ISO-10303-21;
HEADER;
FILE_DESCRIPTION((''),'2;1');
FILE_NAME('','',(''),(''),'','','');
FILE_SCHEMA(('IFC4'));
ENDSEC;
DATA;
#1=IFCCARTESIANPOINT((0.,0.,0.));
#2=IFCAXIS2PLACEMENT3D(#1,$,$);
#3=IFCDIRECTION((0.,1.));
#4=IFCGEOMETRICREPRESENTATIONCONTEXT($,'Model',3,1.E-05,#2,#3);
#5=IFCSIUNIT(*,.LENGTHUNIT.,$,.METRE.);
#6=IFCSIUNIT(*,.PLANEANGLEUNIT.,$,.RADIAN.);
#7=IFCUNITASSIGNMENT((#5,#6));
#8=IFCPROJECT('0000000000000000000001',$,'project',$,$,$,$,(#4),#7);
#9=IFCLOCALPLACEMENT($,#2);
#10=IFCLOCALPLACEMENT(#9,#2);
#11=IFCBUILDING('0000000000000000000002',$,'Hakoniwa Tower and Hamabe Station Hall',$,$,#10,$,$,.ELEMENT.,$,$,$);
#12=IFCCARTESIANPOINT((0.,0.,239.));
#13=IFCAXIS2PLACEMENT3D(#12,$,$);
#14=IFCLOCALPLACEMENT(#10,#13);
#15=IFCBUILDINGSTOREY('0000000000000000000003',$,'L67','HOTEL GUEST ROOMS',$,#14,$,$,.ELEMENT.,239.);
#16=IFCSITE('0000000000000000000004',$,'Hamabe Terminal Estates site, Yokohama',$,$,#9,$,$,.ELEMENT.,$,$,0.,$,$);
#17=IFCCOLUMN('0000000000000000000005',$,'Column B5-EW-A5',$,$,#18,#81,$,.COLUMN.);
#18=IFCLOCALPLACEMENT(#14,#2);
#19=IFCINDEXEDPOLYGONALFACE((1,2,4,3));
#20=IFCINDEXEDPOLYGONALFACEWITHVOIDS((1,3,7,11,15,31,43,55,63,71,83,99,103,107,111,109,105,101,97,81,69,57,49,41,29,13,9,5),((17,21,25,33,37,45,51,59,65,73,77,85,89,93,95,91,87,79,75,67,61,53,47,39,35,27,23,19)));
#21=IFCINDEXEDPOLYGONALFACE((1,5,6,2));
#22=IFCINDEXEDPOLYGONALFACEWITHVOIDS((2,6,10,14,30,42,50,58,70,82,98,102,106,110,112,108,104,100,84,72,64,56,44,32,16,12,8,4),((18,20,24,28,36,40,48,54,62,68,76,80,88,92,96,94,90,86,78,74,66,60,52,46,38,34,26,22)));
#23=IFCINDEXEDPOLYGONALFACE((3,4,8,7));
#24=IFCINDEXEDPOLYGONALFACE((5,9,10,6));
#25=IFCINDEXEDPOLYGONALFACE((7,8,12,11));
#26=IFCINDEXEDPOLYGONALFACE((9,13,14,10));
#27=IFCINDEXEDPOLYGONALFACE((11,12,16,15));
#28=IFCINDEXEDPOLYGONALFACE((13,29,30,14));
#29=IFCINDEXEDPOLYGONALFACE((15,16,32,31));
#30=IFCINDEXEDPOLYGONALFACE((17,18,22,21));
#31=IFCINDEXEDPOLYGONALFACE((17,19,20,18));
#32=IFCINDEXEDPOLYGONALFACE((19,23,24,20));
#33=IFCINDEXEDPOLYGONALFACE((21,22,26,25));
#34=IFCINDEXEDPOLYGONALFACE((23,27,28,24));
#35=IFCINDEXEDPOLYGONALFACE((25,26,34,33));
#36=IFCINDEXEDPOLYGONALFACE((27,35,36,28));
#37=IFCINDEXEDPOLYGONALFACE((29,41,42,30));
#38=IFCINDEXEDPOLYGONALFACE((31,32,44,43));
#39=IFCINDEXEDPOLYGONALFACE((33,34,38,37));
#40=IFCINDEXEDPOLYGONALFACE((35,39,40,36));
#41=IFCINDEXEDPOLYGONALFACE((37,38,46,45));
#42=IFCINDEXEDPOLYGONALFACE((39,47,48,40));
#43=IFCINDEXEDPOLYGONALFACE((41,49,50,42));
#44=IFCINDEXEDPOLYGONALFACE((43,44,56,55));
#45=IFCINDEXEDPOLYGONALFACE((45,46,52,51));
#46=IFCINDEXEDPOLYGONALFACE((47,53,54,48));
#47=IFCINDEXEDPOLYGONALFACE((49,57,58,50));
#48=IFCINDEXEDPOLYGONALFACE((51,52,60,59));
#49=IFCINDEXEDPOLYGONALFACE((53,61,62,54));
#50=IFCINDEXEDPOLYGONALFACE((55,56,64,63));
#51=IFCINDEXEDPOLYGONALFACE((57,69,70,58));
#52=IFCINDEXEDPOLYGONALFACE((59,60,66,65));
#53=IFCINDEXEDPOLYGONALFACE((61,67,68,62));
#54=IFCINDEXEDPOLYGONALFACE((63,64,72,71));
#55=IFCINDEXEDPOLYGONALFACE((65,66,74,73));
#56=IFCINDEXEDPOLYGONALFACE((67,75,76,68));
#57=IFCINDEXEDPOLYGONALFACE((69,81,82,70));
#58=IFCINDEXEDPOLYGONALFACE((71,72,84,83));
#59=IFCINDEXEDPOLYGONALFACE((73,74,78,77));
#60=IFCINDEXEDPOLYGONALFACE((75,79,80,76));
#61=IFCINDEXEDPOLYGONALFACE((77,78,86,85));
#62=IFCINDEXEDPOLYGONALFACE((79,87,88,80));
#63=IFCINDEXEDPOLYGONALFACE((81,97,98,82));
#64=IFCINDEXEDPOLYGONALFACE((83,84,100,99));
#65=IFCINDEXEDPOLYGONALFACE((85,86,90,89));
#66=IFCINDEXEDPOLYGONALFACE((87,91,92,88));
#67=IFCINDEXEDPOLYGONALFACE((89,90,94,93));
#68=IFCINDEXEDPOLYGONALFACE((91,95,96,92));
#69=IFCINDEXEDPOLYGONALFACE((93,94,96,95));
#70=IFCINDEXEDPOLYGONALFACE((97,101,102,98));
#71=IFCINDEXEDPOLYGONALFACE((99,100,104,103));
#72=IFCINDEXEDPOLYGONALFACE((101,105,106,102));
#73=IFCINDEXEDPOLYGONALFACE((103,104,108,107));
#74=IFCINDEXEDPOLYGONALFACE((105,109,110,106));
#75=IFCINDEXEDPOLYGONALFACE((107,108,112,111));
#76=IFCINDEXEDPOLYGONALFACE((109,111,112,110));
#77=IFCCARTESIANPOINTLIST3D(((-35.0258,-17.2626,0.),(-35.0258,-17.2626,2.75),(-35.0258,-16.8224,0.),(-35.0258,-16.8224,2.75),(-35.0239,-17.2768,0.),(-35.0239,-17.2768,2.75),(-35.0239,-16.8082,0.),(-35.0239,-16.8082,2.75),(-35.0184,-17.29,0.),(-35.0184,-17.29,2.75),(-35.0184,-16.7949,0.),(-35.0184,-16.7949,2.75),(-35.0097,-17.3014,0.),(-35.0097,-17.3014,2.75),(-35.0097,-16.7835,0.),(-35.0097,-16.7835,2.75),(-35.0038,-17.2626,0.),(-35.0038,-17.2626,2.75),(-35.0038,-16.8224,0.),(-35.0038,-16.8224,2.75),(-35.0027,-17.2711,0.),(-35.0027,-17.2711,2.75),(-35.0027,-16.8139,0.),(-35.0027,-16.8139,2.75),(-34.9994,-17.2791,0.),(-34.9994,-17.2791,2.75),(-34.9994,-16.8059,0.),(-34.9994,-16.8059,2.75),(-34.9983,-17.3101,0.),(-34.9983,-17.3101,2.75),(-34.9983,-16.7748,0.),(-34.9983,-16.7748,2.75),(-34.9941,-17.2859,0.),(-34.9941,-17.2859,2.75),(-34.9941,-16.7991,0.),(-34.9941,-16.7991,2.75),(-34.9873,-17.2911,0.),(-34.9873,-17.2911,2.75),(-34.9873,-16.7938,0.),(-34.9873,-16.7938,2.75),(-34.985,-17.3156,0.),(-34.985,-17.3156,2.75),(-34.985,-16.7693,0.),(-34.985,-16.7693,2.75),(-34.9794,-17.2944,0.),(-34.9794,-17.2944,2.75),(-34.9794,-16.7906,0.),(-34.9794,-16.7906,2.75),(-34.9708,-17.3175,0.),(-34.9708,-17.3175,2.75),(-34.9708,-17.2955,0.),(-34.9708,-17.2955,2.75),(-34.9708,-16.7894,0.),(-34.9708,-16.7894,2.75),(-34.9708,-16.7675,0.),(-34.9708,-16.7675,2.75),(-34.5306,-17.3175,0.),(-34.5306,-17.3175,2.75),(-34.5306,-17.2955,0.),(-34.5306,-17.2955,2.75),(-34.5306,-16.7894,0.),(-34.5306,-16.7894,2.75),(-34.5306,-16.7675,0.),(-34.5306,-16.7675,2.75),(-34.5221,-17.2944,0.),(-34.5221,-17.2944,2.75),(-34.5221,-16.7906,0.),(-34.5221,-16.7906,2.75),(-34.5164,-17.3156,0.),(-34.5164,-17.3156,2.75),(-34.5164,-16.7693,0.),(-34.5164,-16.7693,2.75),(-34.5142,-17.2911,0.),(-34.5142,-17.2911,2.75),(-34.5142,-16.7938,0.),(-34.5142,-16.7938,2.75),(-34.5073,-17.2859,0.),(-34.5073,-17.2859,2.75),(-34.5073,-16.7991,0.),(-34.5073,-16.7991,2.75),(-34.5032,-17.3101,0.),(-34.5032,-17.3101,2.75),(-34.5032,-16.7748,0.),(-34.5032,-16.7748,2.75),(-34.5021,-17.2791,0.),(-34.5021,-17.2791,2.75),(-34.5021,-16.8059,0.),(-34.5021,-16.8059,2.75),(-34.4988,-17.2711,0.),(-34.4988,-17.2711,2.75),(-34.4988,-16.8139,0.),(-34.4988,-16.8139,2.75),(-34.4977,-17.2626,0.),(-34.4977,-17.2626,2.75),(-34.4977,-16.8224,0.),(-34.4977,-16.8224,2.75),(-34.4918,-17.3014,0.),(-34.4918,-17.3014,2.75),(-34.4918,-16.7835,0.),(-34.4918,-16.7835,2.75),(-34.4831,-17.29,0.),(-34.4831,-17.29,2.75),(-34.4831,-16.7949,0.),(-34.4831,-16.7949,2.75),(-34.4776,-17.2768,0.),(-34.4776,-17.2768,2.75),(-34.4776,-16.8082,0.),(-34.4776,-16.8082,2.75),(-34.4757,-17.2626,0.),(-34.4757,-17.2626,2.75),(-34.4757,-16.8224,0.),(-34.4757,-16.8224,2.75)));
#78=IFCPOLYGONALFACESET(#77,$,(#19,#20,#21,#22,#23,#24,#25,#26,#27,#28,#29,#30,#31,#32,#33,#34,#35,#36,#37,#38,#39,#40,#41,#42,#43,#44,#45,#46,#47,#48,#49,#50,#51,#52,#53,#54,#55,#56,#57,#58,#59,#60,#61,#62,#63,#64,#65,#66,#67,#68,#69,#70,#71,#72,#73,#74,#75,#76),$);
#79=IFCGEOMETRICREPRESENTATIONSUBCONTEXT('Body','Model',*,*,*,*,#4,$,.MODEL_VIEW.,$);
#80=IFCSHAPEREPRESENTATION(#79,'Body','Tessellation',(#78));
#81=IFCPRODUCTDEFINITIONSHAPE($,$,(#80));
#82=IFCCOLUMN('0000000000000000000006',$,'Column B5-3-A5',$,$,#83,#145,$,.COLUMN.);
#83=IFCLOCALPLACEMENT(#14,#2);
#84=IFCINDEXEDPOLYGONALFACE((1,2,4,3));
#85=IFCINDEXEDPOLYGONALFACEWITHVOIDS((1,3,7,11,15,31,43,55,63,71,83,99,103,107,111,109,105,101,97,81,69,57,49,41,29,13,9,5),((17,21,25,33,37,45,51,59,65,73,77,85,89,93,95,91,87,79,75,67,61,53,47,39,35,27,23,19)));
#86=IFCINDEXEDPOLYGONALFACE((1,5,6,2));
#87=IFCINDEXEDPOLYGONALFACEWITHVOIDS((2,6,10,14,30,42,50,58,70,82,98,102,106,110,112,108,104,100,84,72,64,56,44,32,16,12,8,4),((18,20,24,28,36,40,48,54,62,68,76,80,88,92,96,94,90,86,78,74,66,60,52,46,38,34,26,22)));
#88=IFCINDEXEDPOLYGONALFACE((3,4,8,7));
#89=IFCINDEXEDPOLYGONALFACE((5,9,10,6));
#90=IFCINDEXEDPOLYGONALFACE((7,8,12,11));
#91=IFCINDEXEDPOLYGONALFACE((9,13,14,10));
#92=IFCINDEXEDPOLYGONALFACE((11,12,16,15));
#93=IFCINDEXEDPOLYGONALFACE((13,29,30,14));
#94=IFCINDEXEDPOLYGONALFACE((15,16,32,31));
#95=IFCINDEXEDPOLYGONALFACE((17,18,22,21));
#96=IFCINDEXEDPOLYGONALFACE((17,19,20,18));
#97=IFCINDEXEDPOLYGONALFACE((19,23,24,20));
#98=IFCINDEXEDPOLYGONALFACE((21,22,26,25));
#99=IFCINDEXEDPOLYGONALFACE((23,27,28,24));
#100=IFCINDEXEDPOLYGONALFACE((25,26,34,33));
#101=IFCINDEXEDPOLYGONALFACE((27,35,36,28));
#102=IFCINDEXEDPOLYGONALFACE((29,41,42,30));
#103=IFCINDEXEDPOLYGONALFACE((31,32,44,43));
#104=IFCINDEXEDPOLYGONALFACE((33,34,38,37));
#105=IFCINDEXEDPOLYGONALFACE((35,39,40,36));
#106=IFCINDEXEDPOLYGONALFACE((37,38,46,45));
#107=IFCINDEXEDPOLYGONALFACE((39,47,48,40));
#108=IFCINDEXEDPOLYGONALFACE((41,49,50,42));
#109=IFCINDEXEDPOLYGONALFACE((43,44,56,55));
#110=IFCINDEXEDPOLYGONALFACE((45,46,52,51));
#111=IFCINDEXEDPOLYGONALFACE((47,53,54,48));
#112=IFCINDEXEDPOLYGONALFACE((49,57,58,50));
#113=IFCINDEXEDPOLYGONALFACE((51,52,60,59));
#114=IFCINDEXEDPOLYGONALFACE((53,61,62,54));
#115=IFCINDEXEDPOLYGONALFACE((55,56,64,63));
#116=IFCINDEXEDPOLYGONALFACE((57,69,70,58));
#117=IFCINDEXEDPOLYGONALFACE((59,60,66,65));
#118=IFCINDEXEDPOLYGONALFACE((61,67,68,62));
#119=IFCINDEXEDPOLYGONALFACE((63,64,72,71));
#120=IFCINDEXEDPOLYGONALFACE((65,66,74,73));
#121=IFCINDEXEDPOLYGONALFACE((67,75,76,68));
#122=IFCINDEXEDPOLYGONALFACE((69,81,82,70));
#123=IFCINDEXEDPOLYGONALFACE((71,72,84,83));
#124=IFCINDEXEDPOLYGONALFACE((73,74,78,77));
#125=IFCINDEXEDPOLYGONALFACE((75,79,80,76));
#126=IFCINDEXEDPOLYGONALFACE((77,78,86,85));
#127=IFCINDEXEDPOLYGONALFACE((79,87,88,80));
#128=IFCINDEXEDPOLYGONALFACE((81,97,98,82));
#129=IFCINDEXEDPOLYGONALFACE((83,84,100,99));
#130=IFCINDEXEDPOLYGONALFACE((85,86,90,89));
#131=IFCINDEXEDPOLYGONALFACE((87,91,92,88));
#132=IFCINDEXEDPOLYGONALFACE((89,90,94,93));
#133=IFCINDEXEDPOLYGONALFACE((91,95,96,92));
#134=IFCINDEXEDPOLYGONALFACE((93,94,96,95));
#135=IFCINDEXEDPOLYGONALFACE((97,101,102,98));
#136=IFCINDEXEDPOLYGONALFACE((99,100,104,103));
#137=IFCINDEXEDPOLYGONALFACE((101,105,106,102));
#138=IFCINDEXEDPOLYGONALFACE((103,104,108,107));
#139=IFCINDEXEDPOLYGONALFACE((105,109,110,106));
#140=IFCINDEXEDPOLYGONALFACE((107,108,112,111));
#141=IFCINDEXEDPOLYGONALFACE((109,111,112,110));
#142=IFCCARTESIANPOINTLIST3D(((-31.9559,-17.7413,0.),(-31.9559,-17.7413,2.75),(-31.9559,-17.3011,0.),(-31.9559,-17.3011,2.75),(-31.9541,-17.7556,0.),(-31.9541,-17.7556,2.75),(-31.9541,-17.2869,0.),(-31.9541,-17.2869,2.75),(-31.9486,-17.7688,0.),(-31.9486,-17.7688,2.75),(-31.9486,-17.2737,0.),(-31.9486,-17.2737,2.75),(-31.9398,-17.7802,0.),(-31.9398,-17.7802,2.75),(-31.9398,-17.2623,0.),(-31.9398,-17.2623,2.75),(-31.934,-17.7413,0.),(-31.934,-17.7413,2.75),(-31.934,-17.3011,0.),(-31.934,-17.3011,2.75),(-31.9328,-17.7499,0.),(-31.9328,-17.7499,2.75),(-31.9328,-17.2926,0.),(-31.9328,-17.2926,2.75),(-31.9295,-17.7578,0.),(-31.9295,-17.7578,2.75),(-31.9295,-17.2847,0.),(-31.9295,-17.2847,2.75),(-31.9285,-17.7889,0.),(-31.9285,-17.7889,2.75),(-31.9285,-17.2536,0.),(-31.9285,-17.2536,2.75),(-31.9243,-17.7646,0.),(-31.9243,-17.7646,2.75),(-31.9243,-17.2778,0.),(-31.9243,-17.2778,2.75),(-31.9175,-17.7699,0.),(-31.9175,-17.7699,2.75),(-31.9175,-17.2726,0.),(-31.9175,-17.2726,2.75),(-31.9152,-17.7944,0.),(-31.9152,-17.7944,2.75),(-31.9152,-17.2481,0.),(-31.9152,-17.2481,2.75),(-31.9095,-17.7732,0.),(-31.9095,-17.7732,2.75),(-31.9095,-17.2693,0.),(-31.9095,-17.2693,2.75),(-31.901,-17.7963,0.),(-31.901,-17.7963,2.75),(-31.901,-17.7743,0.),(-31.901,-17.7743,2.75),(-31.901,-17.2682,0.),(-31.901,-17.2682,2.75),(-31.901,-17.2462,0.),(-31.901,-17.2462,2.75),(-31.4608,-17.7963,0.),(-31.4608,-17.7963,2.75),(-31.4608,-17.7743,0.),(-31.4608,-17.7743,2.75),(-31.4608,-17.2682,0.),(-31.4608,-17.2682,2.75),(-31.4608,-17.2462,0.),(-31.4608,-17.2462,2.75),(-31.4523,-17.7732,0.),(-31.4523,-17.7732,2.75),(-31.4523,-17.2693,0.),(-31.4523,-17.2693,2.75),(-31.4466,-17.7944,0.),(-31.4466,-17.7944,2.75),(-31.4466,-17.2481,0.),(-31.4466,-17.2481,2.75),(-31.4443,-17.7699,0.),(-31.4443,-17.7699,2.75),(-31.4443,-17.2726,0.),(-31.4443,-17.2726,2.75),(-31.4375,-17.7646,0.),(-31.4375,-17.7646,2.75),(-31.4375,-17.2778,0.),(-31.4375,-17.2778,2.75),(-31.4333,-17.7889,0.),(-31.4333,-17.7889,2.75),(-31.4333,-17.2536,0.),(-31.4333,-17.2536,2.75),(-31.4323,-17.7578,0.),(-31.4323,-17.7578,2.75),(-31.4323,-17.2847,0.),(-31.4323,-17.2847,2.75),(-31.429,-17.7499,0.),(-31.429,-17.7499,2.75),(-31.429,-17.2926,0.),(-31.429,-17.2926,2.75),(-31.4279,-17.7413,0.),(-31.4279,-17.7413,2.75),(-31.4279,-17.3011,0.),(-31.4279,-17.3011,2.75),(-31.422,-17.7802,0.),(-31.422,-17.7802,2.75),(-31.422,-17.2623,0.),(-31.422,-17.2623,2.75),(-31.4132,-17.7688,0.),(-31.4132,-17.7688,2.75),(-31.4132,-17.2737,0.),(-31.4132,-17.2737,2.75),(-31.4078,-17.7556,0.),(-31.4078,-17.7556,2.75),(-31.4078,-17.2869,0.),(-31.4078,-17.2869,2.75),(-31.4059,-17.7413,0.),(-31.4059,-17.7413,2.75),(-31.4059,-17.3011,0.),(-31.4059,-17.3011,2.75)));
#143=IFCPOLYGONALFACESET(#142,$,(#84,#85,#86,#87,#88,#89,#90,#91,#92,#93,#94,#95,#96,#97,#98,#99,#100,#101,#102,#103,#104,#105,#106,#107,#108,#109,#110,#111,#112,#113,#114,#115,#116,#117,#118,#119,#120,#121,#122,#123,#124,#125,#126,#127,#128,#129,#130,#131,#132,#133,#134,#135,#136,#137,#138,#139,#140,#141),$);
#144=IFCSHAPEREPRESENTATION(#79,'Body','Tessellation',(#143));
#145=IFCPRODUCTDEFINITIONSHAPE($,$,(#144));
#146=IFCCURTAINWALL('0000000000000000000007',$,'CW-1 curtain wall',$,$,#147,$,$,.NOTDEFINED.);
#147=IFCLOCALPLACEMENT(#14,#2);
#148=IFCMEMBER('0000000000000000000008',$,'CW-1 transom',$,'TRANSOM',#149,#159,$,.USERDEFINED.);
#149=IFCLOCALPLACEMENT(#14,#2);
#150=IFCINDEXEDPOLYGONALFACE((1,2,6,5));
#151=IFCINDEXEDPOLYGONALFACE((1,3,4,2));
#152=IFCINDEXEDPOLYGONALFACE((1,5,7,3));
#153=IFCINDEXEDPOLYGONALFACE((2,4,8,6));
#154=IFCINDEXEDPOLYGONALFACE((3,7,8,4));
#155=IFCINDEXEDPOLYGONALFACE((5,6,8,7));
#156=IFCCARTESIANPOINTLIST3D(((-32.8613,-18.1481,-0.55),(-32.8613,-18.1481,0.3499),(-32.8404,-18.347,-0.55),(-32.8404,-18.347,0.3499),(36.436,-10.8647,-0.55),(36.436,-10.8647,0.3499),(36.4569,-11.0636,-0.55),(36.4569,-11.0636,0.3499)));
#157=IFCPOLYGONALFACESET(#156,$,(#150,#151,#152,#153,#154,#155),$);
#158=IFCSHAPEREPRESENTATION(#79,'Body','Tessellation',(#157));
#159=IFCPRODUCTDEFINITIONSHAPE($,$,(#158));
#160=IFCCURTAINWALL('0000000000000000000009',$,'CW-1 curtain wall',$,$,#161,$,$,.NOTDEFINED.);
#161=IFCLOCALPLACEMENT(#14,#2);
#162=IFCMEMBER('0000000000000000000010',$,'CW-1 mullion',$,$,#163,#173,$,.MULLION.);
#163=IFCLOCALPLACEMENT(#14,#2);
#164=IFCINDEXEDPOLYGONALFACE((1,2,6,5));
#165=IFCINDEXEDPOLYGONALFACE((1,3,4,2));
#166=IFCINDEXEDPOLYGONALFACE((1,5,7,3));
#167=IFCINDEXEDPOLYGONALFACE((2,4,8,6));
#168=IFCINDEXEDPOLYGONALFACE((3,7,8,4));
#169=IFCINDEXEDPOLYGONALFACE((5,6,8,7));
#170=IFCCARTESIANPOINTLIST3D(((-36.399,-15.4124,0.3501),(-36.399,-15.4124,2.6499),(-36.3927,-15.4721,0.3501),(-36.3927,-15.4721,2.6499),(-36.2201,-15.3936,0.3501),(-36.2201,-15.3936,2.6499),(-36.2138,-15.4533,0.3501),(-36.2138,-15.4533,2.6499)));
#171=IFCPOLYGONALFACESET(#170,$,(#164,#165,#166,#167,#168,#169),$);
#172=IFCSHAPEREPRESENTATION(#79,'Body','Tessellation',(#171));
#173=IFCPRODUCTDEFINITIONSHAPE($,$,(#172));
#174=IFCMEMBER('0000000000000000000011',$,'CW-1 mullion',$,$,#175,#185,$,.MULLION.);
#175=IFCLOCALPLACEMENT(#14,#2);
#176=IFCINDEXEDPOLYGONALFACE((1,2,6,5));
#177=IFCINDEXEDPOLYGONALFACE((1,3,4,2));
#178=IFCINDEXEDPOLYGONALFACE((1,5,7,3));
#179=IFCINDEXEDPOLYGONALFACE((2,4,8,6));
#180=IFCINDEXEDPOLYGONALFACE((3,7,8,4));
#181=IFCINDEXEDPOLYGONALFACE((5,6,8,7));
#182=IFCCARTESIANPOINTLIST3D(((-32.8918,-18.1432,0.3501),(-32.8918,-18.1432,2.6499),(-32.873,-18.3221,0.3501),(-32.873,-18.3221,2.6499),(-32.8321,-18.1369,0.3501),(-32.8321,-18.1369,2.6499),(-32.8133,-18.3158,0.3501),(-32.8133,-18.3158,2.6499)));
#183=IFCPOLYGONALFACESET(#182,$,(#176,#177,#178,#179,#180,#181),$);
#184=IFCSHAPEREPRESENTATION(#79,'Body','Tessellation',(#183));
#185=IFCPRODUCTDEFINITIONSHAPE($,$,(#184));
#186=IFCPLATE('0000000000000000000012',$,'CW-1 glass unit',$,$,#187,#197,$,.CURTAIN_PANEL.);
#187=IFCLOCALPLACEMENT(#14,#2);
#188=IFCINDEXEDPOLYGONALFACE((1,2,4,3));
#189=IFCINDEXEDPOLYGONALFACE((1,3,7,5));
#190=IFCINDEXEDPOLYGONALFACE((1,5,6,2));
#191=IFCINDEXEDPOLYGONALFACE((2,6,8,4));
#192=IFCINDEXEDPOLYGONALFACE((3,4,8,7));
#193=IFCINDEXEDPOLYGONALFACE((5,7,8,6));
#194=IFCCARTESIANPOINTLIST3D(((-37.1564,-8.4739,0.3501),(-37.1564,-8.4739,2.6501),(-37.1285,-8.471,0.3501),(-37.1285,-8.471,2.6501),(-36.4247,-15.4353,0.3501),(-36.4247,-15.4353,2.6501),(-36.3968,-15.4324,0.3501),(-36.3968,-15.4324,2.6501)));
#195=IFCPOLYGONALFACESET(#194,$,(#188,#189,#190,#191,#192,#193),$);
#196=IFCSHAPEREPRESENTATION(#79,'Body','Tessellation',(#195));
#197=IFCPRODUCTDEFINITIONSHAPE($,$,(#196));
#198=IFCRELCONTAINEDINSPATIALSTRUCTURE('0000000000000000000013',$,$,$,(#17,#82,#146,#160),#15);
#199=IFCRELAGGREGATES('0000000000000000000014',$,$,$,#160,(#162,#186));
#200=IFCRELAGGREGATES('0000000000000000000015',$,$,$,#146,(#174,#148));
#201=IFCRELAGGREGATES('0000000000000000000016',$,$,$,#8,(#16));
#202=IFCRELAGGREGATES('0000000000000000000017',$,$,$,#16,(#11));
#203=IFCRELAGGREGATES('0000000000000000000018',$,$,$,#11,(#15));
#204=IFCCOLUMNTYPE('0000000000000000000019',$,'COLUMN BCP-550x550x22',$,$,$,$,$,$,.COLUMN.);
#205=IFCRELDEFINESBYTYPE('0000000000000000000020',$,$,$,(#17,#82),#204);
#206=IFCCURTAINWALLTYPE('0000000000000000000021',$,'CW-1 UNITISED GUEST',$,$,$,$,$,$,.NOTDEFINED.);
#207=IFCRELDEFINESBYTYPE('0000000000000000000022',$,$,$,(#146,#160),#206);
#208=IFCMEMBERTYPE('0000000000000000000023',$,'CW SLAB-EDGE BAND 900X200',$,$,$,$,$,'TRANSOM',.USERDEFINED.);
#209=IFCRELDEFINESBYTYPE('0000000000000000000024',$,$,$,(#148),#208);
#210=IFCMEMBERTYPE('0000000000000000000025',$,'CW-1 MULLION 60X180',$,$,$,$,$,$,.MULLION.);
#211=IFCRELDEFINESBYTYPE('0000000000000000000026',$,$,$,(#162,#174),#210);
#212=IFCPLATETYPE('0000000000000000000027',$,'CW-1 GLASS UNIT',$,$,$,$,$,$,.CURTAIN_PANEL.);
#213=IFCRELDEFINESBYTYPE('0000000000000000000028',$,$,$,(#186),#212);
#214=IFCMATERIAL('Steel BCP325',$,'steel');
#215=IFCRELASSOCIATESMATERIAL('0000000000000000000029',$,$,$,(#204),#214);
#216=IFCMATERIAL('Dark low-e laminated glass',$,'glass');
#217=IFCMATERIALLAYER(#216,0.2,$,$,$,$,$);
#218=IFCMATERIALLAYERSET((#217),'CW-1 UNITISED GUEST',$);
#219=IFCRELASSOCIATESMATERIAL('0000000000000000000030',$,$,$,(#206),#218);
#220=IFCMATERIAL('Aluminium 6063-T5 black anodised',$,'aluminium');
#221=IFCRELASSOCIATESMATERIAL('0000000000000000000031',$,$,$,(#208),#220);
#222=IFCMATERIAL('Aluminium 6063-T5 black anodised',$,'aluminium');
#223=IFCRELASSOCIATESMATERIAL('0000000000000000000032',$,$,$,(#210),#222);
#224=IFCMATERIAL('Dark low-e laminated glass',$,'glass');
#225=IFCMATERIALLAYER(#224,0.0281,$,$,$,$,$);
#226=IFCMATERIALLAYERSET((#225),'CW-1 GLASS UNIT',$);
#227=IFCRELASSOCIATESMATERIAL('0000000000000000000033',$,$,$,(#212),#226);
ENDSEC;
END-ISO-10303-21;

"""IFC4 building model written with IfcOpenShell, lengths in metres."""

from ifc_helpers import new_model, si_unit, direction, frame, origin, origin_2d, place, context, subcontext, project, spatial, rectangle, hollow_rectangle, extrude, material, layer, layer_set, material_profile, profile_set, type_object, element, aggregate, save


model = new_model("IFC4")

# Units and contexts
model_context = context("Model", 3, precision=1e-05, world=origin(), true_north=direction((0.0, 1.0)))
body_context = subcontext(model_context, "Body", "Model", "MODEL_VIEW")
ifc_project = project(units=[si_unit("LENGTHUNIT", "METRE"), si_unit("PLANEANGLEUNIT", "RADIAN")], contexts=[model_context])

# Site, building, storey
site_placement = place(None, origin())
site = spatial("IfcSite", under=ifc_project, at=site_placement, Name="Hamabe Terminal Estates site, Yokohama", CompositionType="ELEMENT", RefElevation=0.0)
building_placement = place(site_placement, origin())
building = spatial("IfcBuilding", under=site, at=building_placement, Name="Hakoniwa Tower and Hamabe Station Hall", CompositionType="ELEMENT")
storey_placement = place(building_placement, frame((0.0, 0.0, 239.0)))
storey = spatial("IfcBuildingStorey", under=building, at=storey_placement, Name="L67", Description="HOTEL GUEST ROOMS", CompositionType="ELEMENT", Elevation=239.0)

# Columns
ifc_material_1 = material(Name="Steel BCP325", Category="steel")
ifc_material_profile_1 = material_profile(ifc_material_1, hollow_rectangle(XDim=0.55, YDim=0.55, WallThickness=0.022, InnerFilletRadius=0.033, OuterFilletRadius=0.0549, at=origin_2d()), Name="BCP-550x550x22")
ifc_profile_set_1 = profile_set([ifc_material_profile_1], Name="Steel BCP325")
column_type = type_object("IfcColumnType", Name="COLUMN BCP-550x550x22", PredefinedType="COLUMN", material=ifc_profile_set_1)
for number, where, z_axis, x_axis, name in (
    (1, (-34.7507, -17.0425, 0.0), (0.0, 0.0, 1.0), (1.0, 0.0, 0.0), "Column B5-EW-A5"),
    (2, (-31.6809, -17.5212, 0.0), (0.0, 0.0, 1.0), (1.0, 0.0, 0.0), "Column B5-3-A5"),
):
    element("IfcColumn", number, at=place(storey_placement, frame(where, z_axis=z_axis, x_axis=x_axis)), inside=storey, type_object=column_type, Name=name, PredefinedType="COLUMN", context=body_context, shape_type="SweptSolid", body=[
        extrude(hollow_rectangle(XDim=0.55, YDim=0.55, WallThickness=0.022, InnerFilletRadius=0.033, OuterFilletRadius=0.0549, at=origin_2d()), origin(), (0.0, 0.0, 1.0), 2.75),
    ])

# Curtain walls, members
ifc_material_2 = material(Name="Dark low-e laminated glass", Category="glass")
ifc_layer_1 = layer(ifc_material_2, 0.2)
ifc_layer_set_1 = layer_set([ifc_layer_1], Name="CW-1 UNITISED GUEST")
curtain_wall_type = type_object("IfcCurtainWallType", Name="CW-1 UNITISED GUEST", PredefinedType="NOTDEFINED", material=ifc_layer_set_1)
curtain_wall_1_placement = place(storey_placement, origin())
curtain_wall_1 = element("IfcCurtainWall", 3, at=curtain_wall_1_placement, inside=storey, type_object=curtain_wall_type, Name="CW-1 curtain wall", PredefinedType="NOTDEFINED")
ifc_material_3 = material(Name="Aluminium 6063-T5 black anodised", Category="aluminium")
ifc_material_profile_2 = material_profile(ifc_material_3, rectangle(XDim=0.2, YDim=0.8999, at=origin_2d()), Name="CW SLAB-EDGE BAND 900X200")
ifc_profile_set_2 = profile_set([ifc_material_profile_2], Name="Aluminium 6063-T5 black anodised")
member_type_1 = type_object("IfcMemberType", Name="CW SLAB-EDGE BAND 900X200", ElementType="TRANSOM", PredefinedType="USERDEFINED", material=ifc_profile_set_2)
member_1_placement = place(storey_placement, frame((-32.8508, -18.2476, -0.1001), z_axis=(0.994522, 0.104528, 0.0), x_axis=(-0.104528, 0.994522, 0.0)))
member_1 = element("IfcMember", 4, at=member_1_placement, type_object=member_type_1, Name="CW-1 transom", ObjectType="TRANSOM", PredefinedType="USERDEFINED", context=body_context, shape_type="SweptSolid", body=[
    extrude(rectangle(XDim=0.2, YDim=0.8999, at=origin_2d()), origin(), (0.0, 0.0, 1.0), 69.679),
])
curtain_wall_2_placement = place(storey_placement, origin())
curtain_wall_2 = element("IfcCurtainWall", 5, at=curtain_wall_2_placement, inside=storey, type_object=curtain_wall_type, Name="CW-1 curtain wall", PredefinedType="NOTDEFINED")
ifc_material_4 = material(Name="Aluminium 6063-T5 black anodised", Category="aluminium")
ifc_material_profile_3 = material_profile(ifc_material_4, rectangle(XDim=0.0601, YDim=0.1799, at=origin_2d()), Name="CW-1 MULLION 60X180")
ifc_profile_set_3 = profile_set([ifc_material_profile_3], Name="Aluminium 6063-T5 black anodised")
member_type_2 = type_object("IfcMemberType", Name="CW-1 MULLION 60X180", PredefinedType="MULLION", material=ifc_profile_set_3)
member_2_placement = place(storey_placement, frame((-36.3064, -15.4329, 0.3501), z_axis=(0.0, 0.0, 1.0), x_axis=(0.104528, -0.994522, 0.0)))
member_2 = element("IfcMember", 6, at=member_2_placement, type_object=member_type_2, Name="CW-1 mullion", PredefinedType="MULLION", context=body_context, shape_type="SweptSolid", body=[
    extrude(rectangle(XDim=0.0601, YDim=0.1799, at=origin_2d()), origin(), (0.0, 0.0, 1.0), 2.2998),
])

# Member
member_3_placement = place(storey_placement, frame((-32.8525, -18.2295, 0.3501), z_axis=(0.0, 0.0, 1.0), x_axis=(0.994522, 0.104528, 0.0)))
member_3 = element("IfcMember", 7, at=member_3_placement, type_object=member_type_2, Name="CW-1 mullion", PredefinedType="MULLION", context=body_context, shape_type="SweptSolid", body=[
    extrude(rectangle(XDim=0.0601, YDim=0.1799, at=origin_2d()), origin(), (0.0, 0.0, 1.0), 2.2998),
])

# Plate
ifc_material_5 = material(Name="Dark low-e laminated glass", Category="glass")
ifc_layer_2 = layer(ifc_material_5, 0.0281)
ifc_layer_set_2 = layer_set([ifc_layer_2], Name="CW-1 GLASS UNIT")
plate_type = type_object("IfcPlateType", Name="CW-1 GLASS UNIT", PredefinedType="CURTAIN_PANEL", material=ifc_layer_set_2)
plate_1_placement = place(storey_placement, frame((-36.7766, -11.9531, 0.3501), z_axis=(0.0, 0.0, 1.0), x_axis=(0.104528, -0.994522, 0.0)))
plate_1 = element("IfcPlate", 8, at=plate_1_placement, type_object=plate_type, Name="CW-1 glass unit", PredefinedType="CURTAIN_PANEL", context=body_context, shape_type="SweptSolid", body=[
    extrude(rectangle(XDim=6.9998, YDim=0.0281, at=origin_2d()), origin(), (0.0, 0.0, 1.0), 2.3),
])
aggregate(curtain_wall_2, [member_2, plate_1])
aggregate(curtain_wall_1, [member_3, member_1])

save(model, "model.ifc")
